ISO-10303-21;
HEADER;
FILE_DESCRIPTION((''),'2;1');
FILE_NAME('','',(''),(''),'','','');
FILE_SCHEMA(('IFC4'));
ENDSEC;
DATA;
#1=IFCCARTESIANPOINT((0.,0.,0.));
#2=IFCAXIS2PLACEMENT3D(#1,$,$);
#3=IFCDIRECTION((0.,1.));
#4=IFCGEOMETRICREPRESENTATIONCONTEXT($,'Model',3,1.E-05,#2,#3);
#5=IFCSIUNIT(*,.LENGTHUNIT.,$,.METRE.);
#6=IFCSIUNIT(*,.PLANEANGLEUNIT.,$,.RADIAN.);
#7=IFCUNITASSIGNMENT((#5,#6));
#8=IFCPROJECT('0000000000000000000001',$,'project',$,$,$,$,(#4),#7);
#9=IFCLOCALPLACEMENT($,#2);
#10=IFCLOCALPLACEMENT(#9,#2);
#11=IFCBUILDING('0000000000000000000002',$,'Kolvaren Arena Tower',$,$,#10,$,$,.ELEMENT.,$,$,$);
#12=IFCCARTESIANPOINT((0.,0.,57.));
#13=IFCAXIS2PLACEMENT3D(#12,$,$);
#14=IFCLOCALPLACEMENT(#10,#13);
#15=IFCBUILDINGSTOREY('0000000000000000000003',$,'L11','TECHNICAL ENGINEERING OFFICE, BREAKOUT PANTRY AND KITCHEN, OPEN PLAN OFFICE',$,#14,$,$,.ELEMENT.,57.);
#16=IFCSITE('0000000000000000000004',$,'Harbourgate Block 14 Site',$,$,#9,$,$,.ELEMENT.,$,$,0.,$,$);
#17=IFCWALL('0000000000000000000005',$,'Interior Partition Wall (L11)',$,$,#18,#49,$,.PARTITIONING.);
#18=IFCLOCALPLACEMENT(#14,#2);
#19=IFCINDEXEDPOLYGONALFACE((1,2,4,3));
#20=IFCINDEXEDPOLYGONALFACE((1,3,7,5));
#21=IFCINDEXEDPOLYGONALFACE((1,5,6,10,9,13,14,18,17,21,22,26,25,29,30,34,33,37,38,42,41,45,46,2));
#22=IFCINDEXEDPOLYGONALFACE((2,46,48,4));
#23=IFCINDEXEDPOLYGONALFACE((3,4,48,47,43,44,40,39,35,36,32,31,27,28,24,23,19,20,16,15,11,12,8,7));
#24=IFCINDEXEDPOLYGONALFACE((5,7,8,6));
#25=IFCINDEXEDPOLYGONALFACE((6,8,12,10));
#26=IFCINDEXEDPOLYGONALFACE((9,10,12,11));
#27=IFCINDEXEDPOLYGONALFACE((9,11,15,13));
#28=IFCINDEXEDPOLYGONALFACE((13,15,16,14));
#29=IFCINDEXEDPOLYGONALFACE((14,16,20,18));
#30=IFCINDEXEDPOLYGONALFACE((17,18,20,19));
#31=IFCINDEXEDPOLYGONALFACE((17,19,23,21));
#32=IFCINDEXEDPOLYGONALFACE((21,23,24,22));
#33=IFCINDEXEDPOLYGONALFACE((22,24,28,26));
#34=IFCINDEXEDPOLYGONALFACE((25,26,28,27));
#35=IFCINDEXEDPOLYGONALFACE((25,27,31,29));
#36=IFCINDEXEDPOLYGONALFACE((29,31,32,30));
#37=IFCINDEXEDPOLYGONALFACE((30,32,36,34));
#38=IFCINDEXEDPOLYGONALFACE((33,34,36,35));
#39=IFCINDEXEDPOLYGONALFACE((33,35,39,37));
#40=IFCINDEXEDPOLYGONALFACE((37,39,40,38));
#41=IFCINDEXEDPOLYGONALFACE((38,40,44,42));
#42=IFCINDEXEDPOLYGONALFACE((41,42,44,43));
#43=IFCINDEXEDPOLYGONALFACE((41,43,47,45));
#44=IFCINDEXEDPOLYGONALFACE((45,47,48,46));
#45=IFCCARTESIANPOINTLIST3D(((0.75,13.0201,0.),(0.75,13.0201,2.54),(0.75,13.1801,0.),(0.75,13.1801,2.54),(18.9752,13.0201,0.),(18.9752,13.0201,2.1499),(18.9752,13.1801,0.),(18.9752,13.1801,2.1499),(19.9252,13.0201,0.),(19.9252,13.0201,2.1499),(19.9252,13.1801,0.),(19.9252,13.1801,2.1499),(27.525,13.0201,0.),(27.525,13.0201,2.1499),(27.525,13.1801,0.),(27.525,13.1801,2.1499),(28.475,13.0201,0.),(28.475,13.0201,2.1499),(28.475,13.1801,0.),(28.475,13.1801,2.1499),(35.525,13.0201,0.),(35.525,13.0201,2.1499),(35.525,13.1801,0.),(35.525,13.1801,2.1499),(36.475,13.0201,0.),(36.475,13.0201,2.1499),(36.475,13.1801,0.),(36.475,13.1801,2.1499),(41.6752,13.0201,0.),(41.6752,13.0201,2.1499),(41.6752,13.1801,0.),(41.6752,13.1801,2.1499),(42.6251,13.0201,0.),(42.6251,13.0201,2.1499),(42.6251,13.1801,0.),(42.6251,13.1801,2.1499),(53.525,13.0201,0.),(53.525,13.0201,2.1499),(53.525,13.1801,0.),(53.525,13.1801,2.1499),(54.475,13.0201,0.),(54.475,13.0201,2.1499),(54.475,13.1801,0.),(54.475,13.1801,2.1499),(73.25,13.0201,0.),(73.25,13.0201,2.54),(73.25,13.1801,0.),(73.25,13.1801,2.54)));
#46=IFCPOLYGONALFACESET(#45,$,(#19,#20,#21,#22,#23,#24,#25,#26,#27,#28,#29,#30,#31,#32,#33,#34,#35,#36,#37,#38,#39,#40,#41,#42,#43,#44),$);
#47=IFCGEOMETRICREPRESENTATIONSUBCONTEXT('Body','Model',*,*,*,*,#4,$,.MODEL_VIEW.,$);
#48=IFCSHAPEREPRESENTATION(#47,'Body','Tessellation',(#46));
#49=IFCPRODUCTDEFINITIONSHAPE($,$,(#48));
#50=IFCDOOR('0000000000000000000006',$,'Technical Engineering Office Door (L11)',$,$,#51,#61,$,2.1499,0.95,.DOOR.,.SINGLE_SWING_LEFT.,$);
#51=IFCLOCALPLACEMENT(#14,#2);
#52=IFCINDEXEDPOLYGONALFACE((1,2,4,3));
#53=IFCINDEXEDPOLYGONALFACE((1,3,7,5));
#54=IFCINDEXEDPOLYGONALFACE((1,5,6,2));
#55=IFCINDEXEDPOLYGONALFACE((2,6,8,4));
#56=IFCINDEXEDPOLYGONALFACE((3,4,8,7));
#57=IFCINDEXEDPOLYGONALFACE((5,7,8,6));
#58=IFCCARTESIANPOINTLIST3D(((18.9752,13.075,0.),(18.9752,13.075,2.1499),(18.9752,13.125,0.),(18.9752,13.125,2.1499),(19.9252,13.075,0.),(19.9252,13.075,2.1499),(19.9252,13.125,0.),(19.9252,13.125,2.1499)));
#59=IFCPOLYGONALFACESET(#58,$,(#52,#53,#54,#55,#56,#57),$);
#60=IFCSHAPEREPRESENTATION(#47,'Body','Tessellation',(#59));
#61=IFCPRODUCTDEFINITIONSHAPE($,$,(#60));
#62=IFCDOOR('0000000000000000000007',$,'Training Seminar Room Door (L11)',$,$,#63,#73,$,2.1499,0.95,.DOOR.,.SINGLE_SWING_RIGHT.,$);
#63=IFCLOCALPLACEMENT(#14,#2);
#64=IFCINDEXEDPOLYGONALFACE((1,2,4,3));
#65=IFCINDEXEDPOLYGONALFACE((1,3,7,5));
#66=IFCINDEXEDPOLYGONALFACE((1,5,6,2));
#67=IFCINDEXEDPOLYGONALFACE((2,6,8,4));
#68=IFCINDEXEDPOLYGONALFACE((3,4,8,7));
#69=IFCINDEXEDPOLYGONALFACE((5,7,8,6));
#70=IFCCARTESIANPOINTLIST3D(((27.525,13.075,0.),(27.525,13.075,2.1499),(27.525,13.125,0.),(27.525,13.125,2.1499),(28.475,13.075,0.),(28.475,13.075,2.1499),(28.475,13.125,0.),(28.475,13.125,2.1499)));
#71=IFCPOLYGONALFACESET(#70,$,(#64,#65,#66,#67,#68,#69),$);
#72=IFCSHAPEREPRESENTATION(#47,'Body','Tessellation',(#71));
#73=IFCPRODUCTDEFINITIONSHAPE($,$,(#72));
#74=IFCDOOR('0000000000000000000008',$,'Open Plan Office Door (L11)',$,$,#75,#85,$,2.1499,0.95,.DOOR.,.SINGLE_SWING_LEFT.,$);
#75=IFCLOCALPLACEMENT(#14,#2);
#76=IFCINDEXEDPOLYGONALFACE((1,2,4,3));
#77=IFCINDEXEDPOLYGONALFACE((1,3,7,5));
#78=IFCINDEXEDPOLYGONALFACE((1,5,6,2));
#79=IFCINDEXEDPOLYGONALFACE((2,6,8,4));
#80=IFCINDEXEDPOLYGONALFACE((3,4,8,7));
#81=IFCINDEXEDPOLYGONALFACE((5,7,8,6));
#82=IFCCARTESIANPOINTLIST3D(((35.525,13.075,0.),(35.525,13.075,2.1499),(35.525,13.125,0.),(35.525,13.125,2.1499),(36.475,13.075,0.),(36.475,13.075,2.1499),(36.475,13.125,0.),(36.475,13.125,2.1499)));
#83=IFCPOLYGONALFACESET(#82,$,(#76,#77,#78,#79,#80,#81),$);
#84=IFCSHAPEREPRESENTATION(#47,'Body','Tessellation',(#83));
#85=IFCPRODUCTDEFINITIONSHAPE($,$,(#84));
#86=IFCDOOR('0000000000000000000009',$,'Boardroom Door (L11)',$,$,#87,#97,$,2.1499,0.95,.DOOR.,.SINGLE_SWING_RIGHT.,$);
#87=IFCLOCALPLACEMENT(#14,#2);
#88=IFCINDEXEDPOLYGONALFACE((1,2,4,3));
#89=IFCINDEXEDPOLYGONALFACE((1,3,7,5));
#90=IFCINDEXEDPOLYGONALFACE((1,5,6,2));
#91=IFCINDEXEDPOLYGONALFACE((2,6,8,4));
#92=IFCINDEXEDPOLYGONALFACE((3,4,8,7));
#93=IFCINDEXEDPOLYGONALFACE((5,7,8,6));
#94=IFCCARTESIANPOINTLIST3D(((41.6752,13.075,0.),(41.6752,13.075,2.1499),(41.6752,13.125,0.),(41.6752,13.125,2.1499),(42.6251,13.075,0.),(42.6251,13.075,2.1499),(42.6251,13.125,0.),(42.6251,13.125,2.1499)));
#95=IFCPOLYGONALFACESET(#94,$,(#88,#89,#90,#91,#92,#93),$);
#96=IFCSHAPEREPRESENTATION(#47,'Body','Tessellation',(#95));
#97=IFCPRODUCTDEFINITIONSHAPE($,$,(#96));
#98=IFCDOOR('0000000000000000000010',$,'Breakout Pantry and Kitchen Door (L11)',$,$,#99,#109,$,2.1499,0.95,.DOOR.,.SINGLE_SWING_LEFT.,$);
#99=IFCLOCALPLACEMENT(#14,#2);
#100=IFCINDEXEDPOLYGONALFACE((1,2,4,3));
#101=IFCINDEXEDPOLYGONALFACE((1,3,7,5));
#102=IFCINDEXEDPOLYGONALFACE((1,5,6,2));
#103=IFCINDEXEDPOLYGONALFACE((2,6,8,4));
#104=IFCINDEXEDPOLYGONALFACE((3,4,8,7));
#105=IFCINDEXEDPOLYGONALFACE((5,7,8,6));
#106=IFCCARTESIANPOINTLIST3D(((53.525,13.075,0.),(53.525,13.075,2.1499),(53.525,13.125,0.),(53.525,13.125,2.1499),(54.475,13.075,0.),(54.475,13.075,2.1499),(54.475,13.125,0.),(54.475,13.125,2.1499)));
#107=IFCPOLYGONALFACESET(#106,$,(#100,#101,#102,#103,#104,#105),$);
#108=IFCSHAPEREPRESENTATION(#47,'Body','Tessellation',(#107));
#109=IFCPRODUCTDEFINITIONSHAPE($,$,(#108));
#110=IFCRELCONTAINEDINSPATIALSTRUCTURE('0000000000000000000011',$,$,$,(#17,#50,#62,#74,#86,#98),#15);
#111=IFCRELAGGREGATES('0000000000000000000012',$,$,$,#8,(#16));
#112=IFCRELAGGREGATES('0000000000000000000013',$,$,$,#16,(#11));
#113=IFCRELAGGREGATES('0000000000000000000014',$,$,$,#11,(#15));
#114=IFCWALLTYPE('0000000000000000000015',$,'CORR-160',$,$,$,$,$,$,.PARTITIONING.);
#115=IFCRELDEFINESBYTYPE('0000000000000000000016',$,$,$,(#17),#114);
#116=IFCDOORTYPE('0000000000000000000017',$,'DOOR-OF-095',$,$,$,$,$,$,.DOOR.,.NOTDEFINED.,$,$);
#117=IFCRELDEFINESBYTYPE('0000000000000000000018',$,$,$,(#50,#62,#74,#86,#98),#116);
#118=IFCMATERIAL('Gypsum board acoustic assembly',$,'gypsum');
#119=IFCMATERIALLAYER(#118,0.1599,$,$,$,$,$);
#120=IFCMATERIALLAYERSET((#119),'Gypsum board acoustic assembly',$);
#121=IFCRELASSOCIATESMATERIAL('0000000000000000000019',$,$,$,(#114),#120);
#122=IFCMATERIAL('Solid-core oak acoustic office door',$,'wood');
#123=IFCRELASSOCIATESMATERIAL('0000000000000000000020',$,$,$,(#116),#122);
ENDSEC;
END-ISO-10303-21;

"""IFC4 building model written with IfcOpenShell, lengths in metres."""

from ifc_helpers import new_model, si_unit, direction, frame, frame_2d, origin, place, context, subcontext, project, spatial, rectangle, extrude, material, layer, layer_set, type_object, element, fill, save


model = new_model("IFC4")

# Units and contexts
model_context = context("Model", 3, precision=1e-05, world=origin(), true_north=direction((0.0, 1.0)))
body_context = subcontext(model_context, "Body", "Model", "MODEL_VIEW")
ifc_project = project(units=[si_unit("LENGTHUNIT", "METRE"), si_unit("PLANEANGLEUNIT", "RADIAN")], contexts=[model_context])

# Site, building, storey
site_placement = place(None, origin())
site = spatial("IfcSite", under=ifc_project, at=site_placement, Name="Harbourgate Block 14 Site", CompositionType="ELEMENT", RefElevation=0.0)
building_placement = place(site_placement, origin())
building = spatial("IfcBuilding", under=site, at=building_placement, Name="Kolvaren Arena Tower", CompositionType="ELEMENT")
storey_placement = place(building_placement, frame((0.0, 0.0, 57.0)))
storey = spatial("IfcBuildingStorey", under=building, at=storey_placement, Name="L11", Description="TECHNICAL ENGINEERING OFFICE, BREAKOUT PANTRY AND KITCHEN, OPEN PLAN OFFICE", CompositionType="ELEMENT", Elevation=57.0)

# Wall, openings, doors
ifc_material_1 = material(Name="Gypsum board acoustic assembly", Category="gypsum")
ifc_layer_1 = layer(ifc_material_1, 0.1599)
ifc_layer_set_1 = layer_set([ifc_layer_1], Name="Gypsum board acoustic assembly")
wall_type_1 = type_object("IfcWallType", Name="CORR-160", PredefinedType="PARTITIONING", material=ifc_layer_set_1)
wall_1_placement = place(storey_placement, frame((0.75, 13.1001, 0.0), z_axis=(0.0, 0.0, 1.0), x_axis=(1.0, 0.0, 0.0)))
wall_1 = element("IfcWall", 1, at=wall_1_placement, inside=storey, type_object=wall_type_1, Name="Interior Partition Wall (L11)", PredefinedType="PARTITIONING", context=body_context, shape_type="SweptSolid", body=[
    extrude(rectangle(XDim=72.5, YDim=0.1599, at=frame_2d((36.25, 0.0))), origin(), (0.0, 0.0, 1.0), 2.54),
])
opening_1_placement = place(wall_1_placement, frame((18.2251, 0.0, 0.0)))
opening_1 = element("IfcOpeningElement", 2, at=opening_1_placement, cuts=wall_1, PredefinedType="OPENING", context=body_context, shape_type="SweptSolid", body=[
    extrude(rectangle(XDim=0.95, YDim=2.1499, at=frame_2d((0.4751, 1.075))), frame((0.0, 0.0898, 0.0), z_axis=(0.0, -1.0, 0.0), x_axis=(1.0, 0.0, 0.0)), (0.0, 0.0, 1.0), 0.1799),
])
opening_2_placement = place(wall_1_placement, frame((26.7749, 0.0, 0.0)))
opening_2 = element("IfcOpeningElement", 3, at=opening_2_placement, cuts=wall_1, PredefinedType="OPENING", context=body_context, shape_type="SweptSolid", body=[
    extrude(rectangle(XDim=0.95, YDim=2.1499, at=frame_2d((0.4751, 1.075))), frame((0.0, 0.0898, 0.0), z_axis=(0.0, -1.0, 0.0), x_axis=(1.0, 0.0, 0.0)), (0.0, 0.0, 1.0), 0.1799),
])
opening_3_placement = place(wall_1_placement, frame((34.7749, 0.0, 0.0)))
opening_3 = element("IfcOpeningElement", 4, at=opening_3_placement, cuts=wall_1, PredefinedType="OPENING", context=body_context, shape_type="SweptSolid", body=[
    extrude(rectangle(XDim=0.95, YDim=2.1499, at=frame_2d((0.4751, 1.075))), frame((0.0, 0.0898, 0.0), z_axis=(0.0, -1.0, 0.0), x_axis=(1.0, 0.0, 0.0)), (0.0, 0.0, 1.0), 0.1799),
])
opening_4_placement = place(wall_1_placement, frame((40.925, 0.0, 0.0)))
opening_4 = element("IfcOpeningElement", 5, at=opening_4_placement, cuts=wall_1, PredefinedType="OPENING", context=body_context, shape_type="SweptSolid", body=[
    extrude(rectangle(XDim=0.95, YDim=2.1499, at=frame_2d((0.4751, 1.075))), frame((0.0, 0.0898, 0.0), z_axis=(0.0, -1.0, 0.0), x_axis=(1.0, 0.0, 0.0)), (0.0, 0.0, 1.0), 0.1799),
])
opening_5_placement = place(wall_1_placement, frame((52.7749, 0.0, 0.0)))
opening_5 = element("IfcOpeningElement", 6, at=opening_5_placement, cuts=wall_1, PredefinedType="OPENING", context=body_context, shape_type="SweptSolid", body=[
    extrude(rectangle(XDim=0.95, YDim=2.1499, at=frame_2d((0.4751, 1.075))), frame((0.0, 0.0898, 0.0), z_axis=(0.0, -1.0, 0.0), x_axis=(1.0, 0.0, 0.0)), (0.0, 0.0, 1.0), 0.1799),
])
ifc_material_2 = material(Name="Solid-core oak acoustic office door", Category="wood")
door_type = type_object("IfcDoorType", Name="DOOR-OF-095", OperationType="NOTDEFINED", PredefinedType="DOOR", material=ifc_material_2)
door_1_placement = place(opening_1_placement, origin())
door_1 = element("IfcDoor", 7, at=door_1_placement, inside=storey, type_object=door_type, Name="Technical Engineering Office Door (L11)", OperationType="SINGLE_SWING_LEFT", OverallHeight=2.1499, OverallWidth=0.95, PredefinedType="DOOR", context=body_context, shape_type="SweptSolid", body=[
    extrude(rectangle(XDim=0.95, YDim=2.1499, at=frame_2d((0.4751, 1.075))), frame((0.0, 0.0249, 0.0), z_axis=(0.0, -1.0, 0.0), x_axis=(1.0, 0.0, 0.0)), (0.0, 0.0, 1.0), 0.05),
])
fill(opening_1, door_1)
door_2_placement = place(opening_2_placement, origin())
door_2 = element("IfcDoor", 8, at=door_2_placement, inside=storey, type_object=door_type, Name="Training Seminar Room Door (L11)", OperationType="SINGLE_SWING_RIGHT", OverallHeight=2.1499, OverallWidth=0.95, PredefinedType="DOOR", context=body_context, shape_type="SweptSolid", body=[
    extrude(rectangle(XDim=0.95, YDim=2.1499, at=frame_2d((0.4751, 1.075))), frame((0.0, 0.0249, 0.0), z_axis=(0.0, -1.0, 0.0), x_axis=(1.0, 0.0, 0.0)), (0.0, 0.0, 1.0), 0.05),
])
fill(opening_2, door_2)
door_3_placement = place(opening_3_placement, origin())
door_3 = element("IfcDoor", 9, at=door_3_placement, inside=storey, type_object=door_type, Name="Open Plan Office Door (L11)", OperationType="SINGLE_SWING_LEFT", OverallHeight=2.1499, OverallWidth=0.95, PredefinedType="DOOR", context=body_context, shape_type="SweptSolid", body=[
    extrude(rectangle(XDim=0.95, YDim=2.1499, at=frame_2d((0.4751, 1.075))), frame((0.0, 0.0249, 0.0), z_axis=(0.0, -1.0, 0.0), x_axis=(1.0, 0.0, 0.0)), (0.0, 0.0, 1.0), 0.05),
])
fill(opening_3, door_3)
door_4_placement = place(opening_4_placement, origin())
door_4 = element("IfcDoor", 10, at=door_4_placement, inside=storey, type_object=door_type, Name="Boardroom Door (L11)", OperationType="SINGLE_SWING_RIGHT", OverallHeight=2.1499, OverallWidth=0.95, PredefinedType="DOOR", context=body_context, shape_type="SweptSolid", body=[
    extrude(rectangle(XDim=0.95, YDim=2.1499, at=frame_2d((0.4751, 1.075))), frame((0.0, 0.0249, 0.0), z_axis=(0.0, -1.0, 0.0), x_axis=(1.0, 0.0, 0.0)), (0.0, 0.0, 1.0), 0.05),
])
fill(opening_4, door_4)
door_5_placement = place(opening_5_placement, origin())
door_5 = element("IfcDoor", 11, at=door_5_placement, inside=storey, type_object=door_type, Name="Breakout Pantry and Kitchen Door (L11)", OperationType="SINGLE_SWING_LEFT", OverallHeight=2.1499, OverallWidth=0.95, PredefinedType="DOOR", context=body_context, shape_type="SweptSolid", body=[
    extrude(rectangle(XDim=0.95, YDim=2.1499, at=frame_2d((0.4751, 1.075))), frame((0.0, 0.0249, 0.0), z_axis=(0.0, -1.0, 0.0), x_axis=(1.0, 0.0, 0.0)), (0.0, 0.0, 1.0), 0.05),
])
fill(opening_5, door_5)

save(model, "model.ifc")
